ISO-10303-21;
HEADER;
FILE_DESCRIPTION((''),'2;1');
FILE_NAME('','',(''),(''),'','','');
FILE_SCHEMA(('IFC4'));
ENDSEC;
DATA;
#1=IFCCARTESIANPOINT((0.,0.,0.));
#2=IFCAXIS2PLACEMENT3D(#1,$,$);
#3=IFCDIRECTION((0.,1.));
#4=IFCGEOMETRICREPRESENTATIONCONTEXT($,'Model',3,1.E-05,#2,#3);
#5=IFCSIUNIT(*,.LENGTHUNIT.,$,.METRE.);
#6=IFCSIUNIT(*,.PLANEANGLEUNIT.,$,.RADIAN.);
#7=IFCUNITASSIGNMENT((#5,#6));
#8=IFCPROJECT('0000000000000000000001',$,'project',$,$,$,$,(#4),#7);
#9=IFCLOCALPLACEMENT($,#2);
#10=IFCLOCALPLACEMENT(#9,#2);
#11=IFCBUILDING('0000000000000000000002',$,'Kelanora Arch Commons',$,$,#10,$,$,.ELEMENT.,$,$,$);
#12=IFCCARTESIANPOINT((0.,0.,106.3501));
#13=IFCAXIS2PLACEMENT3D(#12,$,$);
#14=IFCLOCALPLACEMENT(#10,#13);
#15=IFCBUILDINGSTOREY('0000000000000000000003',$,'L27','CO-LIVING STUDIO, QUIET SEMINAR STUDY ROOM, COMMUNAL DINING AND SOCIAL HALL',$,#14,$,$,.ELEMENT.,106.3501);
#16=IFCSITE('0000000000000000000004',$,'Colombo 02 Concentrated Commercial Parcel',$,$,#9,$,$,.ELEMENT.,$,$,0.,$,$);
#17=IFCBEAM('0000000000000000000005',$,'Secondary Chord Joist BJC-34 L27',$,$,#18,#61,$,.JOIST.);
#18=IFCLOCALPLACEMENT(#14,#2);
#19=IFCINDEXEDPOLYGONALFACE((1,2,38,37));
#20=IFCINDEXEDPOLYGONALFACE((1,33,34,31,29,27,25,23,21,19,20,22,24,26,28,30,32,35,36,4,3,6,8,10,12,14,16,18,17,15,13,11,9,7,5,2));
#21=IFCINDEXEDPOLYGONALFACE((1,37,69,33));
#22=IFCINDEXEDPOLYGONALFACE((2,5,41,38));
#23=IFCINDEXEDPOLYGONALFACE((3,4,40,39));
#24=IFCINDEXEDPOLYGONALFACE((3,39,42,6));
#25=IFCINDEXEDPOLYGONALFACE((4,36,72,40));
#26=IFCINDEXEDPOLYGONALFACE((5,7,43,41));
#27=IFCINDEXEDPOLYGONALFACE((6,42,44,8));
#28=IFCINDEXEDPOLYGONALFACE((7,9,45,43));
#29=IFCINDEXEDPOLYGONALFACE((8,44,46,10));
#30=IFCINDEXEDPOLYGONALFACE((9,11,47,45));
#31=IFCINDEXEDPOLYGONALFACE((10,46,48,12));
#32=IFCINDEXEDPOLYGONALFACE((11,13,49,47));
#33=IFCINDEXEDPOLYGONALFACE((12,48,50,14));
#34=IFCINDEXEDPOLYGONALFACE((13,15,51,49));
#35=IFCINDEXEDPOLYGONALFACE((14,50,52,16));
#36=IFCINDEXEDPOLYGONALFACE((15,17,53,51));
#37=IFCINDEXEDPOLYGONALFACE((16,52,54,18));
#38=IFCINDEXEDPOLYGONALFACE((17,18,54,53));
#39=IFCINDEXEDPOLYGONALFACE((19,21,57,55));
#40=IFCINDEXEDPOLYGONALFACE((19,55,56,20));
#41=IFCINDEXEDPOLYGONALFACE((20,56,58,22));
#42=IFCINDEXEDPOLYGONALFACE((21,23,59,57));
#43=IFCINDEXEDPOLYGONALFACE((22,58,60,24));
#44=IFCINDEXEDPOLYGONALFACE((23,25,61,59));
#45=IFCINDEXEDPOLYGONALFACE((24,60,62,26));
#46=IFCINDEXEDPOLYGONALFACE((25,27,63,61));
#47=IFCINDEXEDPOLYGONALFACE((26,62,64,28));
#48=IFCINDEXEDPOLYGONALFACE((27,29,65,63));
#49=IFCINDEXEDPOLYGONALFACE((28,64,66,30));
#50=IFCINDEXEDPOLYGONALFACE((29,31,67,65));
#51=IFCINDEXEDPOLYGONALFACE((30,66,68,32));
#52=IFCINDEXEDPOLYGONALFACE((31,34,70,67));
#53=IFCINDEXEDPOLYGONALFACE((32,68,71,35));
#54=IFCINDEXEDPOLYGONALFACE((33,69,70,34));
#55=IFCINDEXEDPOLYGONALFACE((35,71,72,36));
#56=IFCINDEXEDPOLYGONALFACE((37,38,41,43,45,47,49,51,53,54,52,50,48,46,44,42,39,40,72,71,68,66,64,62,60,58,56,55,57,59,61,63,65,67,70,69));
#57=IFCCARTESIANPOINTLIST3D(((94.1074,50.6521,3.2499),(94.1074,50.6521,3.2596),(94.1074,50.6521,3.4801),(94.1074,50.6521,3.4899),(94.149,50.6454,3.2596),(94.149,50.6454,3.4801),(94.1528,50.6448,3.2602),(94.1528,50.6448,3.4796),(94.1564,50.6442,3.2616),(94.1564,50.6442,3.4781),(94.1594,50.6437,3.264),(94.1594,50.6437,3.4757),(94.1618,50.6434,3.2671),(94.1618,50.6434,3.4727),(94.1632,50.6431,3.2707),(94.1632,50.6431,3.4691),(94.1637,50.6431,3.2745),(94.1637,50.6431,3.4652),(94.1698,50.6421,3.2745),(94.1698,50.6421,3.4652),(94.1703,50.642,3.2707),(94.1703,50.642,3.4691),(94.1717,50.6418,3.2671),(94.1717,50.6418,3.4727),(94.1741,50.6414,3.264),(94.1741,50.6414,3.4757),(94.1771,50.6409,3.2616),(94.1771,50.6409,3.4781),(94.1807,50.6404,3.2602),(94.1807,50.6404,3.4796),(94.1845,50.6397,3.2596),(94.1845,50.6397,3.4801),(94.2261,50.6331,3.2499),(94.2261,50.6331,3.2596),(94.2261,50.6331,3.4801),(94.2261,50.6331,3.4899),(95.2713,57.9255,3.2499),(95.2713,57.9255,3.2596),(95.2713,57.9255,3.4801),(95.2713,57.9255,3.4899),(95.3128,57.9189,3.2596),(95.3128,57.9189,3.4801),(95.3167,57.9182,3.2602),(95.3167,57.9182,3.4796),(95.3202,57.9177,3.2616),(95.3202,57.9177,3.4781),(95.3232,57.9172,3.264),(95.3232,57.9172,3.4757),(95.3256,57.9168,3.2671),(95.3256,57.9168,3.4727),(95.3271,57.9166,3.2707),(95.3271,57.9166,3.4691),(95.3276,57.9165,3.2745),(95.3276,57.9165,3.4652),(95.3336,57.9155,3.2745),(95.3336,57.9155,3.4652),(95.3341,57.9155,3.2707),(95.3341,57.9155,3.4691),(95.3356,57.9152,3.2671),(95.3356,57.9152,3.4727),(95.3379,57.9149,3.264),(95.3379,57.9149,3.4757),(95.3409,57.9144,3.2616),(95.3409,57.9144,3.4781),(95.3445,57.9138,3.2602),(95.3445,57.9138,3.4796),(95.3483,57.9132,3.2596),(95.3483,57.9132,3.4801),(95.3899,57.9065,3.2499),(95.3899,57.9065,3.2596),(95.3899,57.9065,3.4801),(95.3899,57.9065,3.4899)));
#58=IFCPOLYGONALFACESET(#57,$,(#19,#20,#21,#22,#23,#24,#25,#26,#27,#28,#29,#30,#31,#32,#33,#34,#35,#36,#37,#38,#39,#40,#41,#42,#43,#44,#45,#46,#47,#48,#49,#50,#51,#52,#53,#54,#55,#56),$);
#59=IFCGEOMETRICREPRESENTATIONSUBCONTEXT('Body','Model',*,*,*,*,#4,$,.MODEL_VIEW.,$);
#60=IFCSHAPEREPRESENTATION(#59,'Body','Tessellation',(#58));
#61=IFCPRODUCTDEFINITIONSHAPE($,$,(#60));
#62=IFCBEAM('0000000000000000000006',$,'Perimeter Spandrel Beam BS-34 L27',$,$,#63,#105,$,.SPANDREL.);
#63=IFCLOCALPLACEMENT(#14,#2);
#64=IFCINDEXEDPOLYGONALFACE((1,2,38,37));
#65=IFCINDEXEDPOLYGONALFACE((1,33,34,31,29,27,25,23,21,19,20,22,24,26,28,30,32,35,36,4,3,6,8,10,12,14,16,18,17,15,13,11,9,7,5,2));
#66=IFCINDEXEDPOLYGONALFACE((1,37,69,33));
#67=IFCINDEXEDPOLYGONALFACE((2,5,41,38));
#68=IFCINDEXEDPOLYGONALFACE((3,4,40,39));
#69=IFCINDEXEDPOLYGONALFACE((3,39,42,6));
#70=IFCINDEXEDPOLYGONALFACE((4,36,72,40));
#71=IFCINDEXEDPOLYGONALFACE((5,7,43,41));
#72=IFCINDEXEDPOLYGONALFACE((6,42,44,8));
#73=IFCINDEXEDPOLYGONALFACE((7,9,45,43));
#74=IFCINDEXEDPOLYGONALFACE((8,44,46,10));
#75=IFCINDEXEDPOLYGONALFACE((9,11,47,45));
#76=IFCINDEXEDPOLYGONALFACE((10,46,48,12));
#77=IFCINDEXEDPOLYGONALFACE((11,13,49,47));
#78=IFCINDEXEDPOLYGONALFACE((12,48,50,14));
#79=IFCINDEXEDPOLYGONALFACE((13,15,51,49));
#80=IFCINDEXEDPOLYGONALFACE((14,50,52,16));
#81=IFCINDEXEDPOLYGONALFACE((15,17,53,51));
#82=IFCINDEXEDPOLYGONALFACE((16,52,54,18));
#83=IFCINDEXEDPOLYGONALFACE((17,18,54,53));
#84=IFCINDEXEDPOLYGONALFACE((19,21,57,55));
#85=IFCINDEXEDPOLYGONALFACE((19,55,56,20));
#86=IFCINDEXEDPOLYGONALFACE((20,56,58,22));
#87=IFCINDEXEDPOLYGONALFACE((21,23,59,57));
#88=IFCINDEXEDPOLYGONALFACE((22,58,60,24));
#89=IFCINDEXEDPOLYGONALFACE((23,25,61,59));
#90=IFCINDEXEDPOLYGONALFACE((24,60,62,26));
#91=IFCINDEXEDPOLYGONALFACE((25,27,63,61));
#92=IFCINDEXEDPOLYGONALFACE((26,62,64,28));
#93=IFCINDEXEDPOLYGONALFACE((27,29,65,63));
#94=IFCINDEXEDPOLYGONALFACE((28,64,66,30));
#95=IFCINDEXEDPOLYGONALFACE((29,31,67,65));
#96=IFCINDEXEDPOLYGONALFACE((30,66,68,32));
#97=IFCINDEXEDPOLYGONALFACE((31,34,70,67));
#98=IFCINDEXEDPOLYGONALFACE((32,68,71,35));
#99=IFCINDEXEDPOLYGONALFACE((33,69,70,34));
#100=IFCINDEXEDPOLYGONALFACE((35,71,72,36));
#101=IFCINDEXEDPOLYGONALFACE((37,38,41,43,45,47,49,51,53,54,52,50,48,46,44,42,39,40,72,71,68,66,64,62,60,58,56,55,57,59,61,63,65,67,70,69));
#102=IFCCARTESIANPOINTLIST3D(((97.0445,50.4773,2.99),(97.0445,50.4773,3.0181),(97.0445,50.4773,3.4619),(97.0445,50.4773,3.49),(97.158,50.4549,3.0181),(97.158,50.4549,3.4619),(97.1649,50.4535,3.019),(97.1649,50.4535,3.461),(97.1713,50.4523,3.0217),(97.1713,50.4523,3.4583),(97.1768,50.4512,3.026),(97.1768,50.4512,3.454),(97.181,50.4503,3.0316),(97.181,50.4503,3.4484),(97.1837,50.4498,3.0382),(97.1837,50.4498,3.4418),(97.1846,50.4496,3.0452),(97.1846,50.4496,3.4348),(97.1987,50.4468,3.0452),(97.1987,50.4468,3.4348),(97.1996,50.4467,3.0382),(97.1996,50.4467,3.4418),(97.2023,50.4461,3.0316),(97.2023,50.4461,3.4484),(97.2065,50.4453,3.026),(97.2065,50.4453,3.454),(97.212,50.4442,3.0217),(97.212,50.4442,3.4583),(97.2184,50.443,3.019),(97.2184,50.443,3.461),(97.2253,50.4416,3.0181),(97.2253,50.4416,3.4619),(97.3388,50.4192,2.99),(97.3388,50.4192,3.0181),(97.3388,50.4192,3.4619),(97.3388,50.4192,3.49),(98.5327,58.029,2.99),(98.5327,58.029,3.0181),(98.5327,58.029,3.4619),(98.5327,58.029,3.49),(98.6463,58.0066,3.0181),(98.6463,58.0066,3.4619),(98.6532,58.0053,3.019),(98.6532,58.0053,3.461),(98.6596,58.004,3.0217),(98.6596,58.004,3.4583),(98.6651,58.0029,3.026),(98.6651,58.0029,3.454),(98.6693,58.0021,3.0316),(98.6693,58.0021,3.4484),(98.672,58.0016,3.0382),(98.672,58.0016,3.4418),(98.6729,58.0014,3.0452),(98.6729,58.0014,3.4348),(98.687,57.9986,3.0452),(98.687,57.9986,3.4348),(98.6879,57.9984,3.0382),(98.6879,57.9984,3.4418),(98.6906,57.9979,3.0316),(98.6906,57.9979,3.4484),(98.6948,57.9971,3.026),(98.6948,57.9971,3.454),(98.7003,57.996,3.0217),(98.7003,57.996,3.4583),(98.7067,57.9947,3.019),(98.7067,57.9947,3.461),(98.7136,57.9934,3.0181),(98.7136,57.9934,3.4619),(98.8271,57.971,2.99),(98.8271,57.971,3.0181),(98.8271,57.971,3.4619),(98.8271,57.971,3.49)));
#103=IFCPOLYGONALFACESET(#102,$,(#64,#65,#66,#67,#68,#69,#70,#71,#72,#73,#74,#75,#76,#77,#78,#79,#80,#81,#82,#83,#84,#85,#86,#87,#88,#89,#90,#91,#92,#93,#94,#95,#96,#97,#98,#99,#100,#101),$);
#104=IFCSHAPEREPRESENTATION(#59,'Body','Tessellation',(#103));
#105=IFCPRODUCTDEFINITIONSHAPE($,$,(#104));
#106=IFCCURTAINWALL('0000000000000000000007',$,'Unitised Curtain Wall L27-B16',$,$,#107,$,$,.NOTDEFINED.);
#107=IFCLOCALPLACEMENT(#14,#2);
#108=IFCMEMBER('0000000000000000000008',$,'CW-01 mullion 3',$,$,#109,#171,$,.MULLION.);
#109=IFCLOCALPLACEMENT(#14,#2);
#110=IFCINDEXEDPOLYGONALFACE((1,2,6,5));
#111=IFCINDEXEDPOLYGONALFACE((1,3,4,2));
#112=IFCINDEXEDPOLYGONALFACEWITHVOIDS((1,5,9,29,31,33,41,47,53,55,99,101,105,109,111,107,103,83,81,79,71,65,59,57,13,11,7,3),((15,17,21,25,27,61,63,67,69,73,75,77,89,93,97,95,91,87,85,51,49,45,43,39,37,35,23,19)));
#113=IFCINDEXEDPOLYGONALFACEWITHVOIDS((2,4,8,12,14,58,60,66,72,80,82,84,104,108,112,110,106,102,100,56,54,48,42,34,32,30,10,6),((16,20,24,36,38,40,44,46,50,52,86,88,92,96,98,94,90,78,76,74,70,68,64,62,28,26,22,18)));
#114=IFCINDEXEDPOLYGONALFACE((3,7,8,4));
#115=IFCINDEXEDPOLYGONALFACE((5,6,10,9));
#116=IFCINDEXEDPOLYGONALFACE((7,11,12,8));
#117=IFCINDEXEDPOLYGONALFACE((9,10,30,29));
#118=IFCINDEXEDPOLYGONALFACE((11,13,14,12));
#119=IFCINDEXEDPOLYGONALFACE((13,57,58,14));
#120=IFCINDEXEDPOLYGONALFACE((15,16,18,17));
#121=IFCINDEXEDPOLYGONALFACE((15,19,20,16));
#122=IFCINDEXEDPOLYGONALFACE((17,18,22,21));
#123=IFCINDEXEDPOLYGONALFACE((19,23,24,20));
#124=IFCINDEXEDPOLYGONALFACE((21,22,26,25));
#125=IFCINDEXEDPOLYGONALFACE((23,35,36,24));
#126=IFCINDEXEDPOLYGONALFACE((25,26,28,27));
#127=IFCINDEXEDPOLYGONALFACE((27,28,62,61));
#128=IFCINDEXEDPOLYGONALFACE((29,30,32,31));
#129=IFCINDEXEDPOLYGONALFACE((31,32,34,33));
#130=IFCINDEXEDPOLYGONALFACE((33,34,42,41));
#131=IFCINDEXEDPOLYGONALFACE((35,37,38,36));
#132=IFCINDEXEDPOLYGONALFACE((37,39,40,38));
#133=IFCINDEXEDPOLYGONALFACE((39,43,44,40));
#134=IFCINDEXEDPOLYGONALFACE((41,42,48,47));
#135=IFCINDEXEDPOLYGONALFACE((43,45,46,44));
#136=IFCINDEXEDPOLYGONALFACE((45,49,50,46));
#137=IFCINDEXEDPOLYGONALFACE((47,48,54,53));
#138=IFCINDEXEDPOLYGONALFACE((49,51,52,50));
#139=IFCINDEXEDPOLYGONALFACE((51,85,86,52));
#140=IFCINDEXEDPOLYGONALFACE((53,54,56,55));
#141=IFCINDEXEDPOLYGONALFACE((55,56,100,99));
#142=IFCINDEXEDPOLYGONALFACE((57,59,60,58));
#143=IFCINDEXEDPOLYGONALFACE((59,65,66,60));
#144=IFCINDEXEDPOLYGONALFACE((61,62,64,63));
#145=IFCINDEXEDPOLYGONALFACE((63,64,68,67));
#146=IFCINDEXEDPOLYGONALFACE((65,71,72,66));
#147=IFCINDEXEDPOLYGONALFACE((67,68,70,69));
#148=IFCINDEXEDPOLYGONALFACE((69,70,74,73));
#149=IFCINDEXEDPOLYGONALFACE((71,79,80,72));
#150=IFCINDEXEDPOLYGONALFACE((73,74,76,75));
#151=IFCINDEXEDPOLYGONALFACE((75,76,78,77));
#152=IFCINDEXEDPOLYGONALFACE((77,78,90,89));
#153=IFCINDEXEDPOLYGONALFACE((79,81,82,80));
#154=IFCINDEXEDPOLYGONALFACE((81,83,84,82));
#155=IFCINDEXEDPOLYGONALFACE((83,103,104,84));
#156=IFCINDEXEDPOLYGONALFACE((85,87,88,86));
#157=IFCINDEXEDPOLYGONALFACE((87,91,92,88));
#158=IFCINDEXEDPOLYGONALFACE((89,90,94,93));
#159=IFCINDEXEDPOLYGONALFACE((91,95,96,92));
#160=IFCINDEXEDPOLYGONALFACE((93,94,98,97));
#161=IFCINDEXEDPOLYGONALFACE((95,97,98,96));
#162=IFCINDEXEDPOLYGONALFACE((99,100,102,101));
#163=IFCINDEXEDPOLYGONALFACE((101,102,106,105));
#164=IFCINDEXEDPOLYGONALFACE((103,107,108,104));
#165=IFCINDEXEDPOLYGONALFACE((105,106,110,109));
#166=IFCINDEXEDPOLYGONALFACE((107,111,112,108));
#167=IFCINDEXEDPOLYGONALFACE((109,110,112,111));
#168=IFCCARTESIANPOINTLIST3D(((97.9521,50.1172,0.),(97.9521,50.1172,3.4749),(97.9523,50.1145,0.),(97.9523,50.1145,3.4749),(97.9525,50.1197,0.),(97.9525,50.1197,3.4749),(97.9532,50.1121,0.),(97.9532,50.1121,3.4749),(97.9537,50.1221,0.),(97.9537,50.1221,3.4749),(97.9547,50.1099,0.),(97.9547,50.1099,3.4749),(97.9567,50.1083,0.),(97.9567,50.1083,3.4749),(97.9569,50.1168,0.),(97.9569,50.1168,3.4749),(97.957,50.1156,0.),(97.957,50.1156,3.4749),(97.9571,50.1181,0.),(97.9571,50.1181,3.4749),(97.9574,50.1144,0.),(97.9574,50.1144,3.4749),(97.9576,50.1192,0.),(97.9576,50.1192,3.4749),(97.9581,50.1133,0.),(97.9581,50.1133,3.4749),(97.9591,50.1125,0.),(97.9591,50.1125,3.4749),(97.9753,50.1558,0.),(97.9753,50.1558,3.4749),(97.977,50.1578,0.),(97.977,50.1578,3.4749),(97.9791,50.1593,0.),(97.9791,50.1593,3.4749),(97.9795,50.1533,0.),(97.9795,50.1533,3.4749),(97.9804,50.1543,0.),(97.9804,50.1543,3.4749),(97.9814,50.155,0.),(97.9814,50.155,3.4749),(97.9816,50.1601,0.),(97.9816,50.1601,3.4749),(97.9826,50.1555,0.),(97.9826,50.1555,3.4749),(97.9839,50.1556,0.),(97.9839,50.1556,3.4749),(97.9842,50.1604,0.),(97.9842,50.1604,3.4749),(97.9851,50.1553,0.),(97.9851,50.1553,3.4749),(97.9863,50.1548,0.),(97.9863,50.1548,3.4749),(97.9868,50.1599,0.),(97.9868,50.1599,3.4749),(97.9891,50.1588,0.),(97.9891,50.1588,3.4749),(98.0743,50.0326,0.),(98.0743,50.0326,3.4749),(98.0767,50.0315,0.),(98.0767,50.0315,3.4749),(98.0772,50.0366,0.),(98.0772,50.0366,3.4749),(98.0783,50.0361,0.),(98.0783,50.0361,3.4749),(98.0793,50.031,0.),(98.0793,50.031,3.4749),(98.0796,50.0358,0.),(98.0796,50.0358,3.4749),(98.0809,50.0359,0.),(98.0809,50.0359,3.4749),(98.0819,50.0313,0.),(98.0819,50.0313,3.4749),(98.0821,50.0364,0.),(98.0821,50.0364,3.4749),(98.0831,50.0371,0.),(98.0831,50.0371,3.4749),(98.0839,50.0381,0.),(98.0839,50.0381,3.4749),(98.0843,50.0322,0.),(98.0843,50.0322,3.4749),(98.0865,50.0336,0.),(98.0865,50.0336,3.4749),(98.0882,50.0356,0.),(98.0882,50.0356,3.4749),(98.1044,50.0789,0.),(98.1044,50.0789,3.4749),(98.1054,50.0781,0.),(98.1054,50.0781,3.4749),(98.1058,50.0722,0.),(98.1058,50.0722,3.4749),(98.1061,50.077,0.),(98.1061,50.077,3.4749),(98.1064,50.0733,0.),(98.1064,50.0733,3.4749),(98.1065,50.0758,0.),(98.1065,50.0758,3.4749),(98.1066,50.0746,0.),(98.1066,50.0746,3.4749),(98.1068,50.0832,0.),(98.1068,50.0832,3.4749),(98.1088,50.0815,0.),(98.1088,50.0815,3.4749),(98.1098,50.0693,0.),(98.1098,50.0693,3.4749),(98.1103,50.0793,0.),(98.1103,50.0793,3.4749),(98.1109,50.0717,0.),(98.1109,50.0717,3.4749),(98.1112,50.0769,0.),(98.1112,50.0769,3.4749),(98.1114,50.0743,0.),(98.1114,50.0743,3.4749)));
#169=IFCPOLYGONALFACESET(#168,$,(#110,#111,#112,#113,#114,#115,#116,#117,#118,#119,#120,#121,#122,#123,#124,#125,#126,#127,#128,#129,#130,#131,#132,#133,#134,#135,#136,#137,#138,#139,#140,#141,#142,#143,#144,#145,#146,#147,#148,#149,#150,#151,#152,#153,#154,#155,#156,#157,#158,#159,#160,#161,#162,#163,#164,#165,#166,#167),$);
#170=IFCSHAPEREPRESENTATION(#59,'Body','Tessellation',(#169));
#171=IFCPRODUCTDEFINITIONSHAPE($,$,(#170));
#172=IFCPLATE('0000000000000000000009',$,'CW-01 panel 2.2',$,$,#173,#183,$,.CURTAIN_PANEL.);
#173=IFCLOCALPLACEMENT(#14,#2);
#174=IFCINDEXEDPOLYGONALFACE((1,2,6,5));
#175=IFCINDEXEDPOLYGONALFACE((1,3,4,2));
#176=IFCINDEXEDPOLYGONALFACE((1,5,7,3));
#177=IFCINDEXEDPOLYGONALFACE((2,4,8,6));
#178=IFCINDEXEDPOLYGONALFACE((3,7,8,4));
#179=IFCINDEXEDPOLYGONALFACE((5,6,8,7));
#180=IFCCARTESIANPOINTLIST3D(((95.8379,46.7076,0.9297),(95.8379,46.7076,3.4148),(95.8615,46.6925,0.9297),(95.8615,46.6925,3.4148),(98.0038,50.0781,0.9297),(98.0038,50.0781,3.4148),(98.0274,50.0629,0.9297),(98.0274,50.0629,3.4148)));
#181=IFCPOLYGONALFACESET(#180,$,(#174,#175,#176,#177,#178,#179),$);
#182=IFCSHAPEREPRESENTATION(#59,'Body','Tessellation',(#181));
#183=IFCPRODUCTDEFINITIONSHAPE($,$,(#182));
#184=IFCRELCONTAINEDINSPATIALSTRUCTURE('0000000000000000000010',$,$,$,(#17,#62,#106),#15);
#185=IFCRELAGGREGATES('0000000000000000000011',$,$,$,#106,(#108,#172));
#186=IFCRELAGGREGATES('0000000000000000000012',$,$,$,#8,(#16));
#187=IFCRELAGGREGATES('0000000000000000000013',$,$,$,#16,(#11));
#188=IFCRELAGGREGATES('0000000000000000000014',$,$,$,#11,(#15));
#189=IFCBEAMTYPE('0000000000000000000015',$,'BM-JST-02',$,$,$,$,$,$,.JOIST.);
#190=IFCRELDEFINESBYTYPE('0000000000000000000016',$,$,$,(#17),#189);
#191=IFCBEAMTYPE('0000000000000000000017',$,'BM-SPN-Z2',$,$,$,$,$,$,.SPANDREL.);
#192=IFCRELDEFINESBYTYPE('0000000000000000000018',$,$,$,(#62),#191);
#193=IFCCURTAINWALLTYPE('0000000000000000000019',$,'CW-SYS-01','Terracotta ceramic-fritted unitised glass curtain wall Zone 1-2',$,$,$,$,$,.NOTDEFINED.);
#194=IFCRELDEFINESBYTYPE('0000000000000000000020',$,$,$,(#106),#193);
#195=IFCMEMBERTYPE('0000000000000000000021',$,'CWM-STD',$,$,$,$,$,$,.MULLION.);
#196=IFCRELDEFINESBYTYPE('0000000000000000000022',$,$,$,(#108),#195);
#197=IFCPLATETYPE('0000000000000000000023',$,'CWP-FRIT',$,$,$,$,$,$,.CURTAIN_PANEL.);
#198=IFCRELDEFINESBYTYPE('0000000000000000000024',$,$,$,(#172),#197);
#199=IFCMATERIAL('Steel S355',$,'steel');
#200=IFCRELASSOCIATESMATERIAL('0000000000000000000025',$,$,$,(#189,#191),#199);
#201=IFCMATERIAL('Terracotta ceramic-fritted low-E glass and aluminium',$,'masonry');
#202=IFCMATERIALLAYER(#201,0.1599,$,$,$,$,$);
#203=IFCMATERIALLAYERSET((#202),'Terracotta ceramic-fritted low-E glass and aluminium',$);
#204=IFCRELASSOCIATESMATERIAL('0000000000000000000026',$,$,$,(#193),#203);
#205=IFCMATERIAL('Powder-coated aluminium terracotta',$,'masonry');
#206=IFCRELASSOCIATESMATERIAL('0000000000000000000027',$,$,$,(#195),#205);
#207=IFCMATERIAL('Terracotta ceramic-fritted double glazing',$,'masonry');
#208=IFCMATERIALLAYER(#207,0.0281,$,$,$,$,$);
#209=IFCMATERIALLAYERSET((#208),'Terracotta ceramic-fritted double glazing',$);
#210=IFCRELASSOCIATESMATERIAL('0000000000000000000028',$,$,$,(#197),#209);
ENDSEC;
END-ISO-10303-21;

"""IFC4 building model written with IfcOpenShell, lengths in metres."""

from ifc_helpers import new_model, si_unit, direction, frame, origin, origin_2d, place, context, subcontext, project, spatial, rectangle, hollow_rectangle, i_section, extrude, source, transform, mapped, material, layer, layer_set, material_profile, profile_set, type_object, element, aggregate, save


model = new_model("IFC4")

# Units and contexts
model_context = context("Model", 3, precision=1e-05, world=origin(), true_north=direction((0.0, 1.0)))
body_context = subcontext(model_context, "Body", "Model", "MODEL_VIEW")
ifc_project = project(units=[si_unit("LENGTHUNIT", "METRE"), si_unit("PLANEANGLEUNIT", "RADIAN")], contexts=[model_context])

# Site, building, storey
site_placement = place(None, origin())
site = spatial("IfcSite", under=ifc_project, at=site_placement, Name="Colombo 02 Concentrated Commercial Parcel", CompositionType="ELEMENT", RefElevation=0.0)
building_placement = place(site_placement, origin())
building = spatial("IfcBuilding", under=site, at=building_placement, Name="Kelanora Arch Commons", CompositionType="ELEMENT")
storey_placement = place(building_placement, frame((0.0, 0.0, 106.3501)))
storey = spatial("IfcBuildingStorey", under=building, at=storey_placement, Name="L27", Description="CO-LIVING STUDIO, QUIET SEMINAR STUDY ROOM, COMMUNAL DINING AND SOCIAL HALL", CompositionType="ELEMENT", Elevation=106.3501)

# Beams
ifc_material_1 = material(Name="Steel S355", Category="steel")
ifc_material_profile_1 = material_profile(ifc_material_1, i_section(OverallWidth=0.1201, OverallDepth=0.24, WebThickness=0.0061, FlangeThickness=0.0098, FilletRadius=0.0149, at=origin_2d()), Name="IPE240")
ifc_profile_set_1 = profile_set([ifc_material_profile_1], Name="Steel S355")
beam_type_1 = type_object("IfcBeamType", Name="BM-JST-02", PredefinedType="JOIST", material=ifc_profile_set_1)
beam_1_placement = place(storey_placement, frame((94.1667, 50.6426, 3.3699), z_axis=(0.158, 0.987439, 0.0), x_axis=(-0.987439, 0.158, 0.0)))
element("IfcBeam", 1, at=beam_1_placement, inside=storey, type_object=beam_type_1, Name="Secondary Chord Joist BJC-34 L27", PredefinedType="JOIST", context=body_context, shape_type="SweptSolid", body=[
    extrude(i_section(OverallWidth=0.1201, OverallDepth=0.24, WebThickness=0.0061, FlangeThickness=0.0098, FilletRadius=0.0149, at=origin_2d()), origin(), (0.0, 0.0, 1.0), 7.366),
])
ifc_material_profile_2 = material_profile(ifc_material_1, i_section(OverallWidth=0.3, OverallDepth=0.5, WebThickness=0.0144, FlangeThickness=0.0281, FilletRadius=0.0271, at=origin_2d()), Name="HEB500")
ifc_profile_set_2 = profile_set([ifc_material_profile_2], Name="Steel S355")
beam_type_2 = type_object("IfcBeamType", Name="BM-SPN-Z2", PredefinedType="SPANDREL", material=ifc_profile_set_2)
beam_2_placement = place(storey_placement, frame((97.1917, 50.4482, 3.24), z_axis=(0.193358, 0.981128, 0.0), x_axis=(-0.981128, 0.193358, 0.0)))
element("IfcBeam", 2, at=beam_2_placement, inside=storey, type_object=beam_type_2, Name="Perimeter Spandrel Beam BS-34 L27", PredefinedType="SPANDREL", context=body_context, shape_type="SweptSolid", body=[
    extrude(i_section(OverallWidth=0.3, OverallDepth=0.5, WebThickness=0.0144, FlangeThickness=0.0281, FilletRadius=0.0271, at=origin_2d()), origin(), (0.0, 0.0, 1.0), 7.697),
])

# Curtain wall, member, plate
ifc_material_2 = material(Name="Terracotta ceramic-fritted low-E glass and aluminium", Category="masonry")
ifc_layer_1 = layer(ifc_material_2, 0.1599)
ifc_layer_set_1 = layer_set([ifc_layer_1], Name="Terracotta ceramic-fritted low-E glass and aluminium")
curtain_wall_type = type_object("IfcCurtainWallType", Name="CW-SYS-01", Description="Terracotta ceramic-fritted unitised glass curtain wall Zone 1-2", PredefinedType="NOTDEFINED", material=ifc_layer_set_1)
curtain_wall_placement = place(storey_placement, origin())
curtain_wall = element("IfcCurtainWall", 3, at=curtain_wall_placement, inside=storey, type_object=curtain_wall_type, Name="Unitised Curtain Wall L27-B16", PredefinedType="NOTDEFINED")
ifc_material_3 = material(Name="Powder-coated aluminium terracotta", Category="masonry")
ifc_material_profile_3 = material_profile(ifc_material_3, hollow_rectangle(XDim=0.1599, YDim=0.0601, WallThickness=0.0049, InnerFilletRadius=0.0049, OuterFilletRadius=0.01, at=origin_2d()), Name="CWM160x60")
ifc_profile_set_3 = profile_set([ifc_material_profile_3], Name="Powder-coated aluminium terracotta")
member_type = type_object("IfcMemberType", Name="CWM-STD", PredefinedType="MULLION", material=ifc_profile_set_3)
member_placement = place(storey_placement, frame((98.0317, 50.0957, 0.0), z_axis=(0.0, 0.0, 1.0), x_axis=(-0.841269, 0.540617, 0.0)))
member = element("IfcMember", 4, at=member_placement, type_object=member_type, Name="CW-01 mullion 3", PredefinedType="MULLION", context=body_context, shape_type="SweptSolid", body=[
    extrude(hollow_rectangle(XDim=0.1599, YDim=0.0601, WallThickness=0.0049, InnerFilletRadius=0.0049, OuterFilletRadius=0.01, at=origin_2d()), origin(), (0.0, 0.0, 1.0), 3.4749),
])
ifc_material_4 = material(Name="Terracotta ceramic-fritted double glazing", Category="masonry")
ifc_layer_2 = layer(ifc_material_4, 0.0281)
ifc_layer_set_2 = layer_set([ifc_layer_2], Name="Terracotta ceramic-fritted double glazing")
plate_type = type_object("IfcPlateType", Name="CWP-FRIT", PredefinedType="CURTAIN_PANEL", material=ifc_layer_set_2)
shared_shape_1 = source(origin(), body_context, "Body", "SweptSolid", [
    extrude(rectangle(XDim=4.0063, YDim=0.0281, at=origin_2d()), origin(), (0.0, 0.0, 1.0), 2.4851),
])
plate_placement = place(storey_placement, frame((96.9326, 48.3853, 0.9297), z_axis=(0.0, 0.0, 1.0), x_axis=(0.540617, 0.841269, 0.0)))
plate = element("IfcPlate", 5, at=plate_placement, type_object=plate_type, Name="CW-01 panel 2.2", PredefinedType="CURTAIN_PANEL", context=body_context, shape_type="MappedRepresentation", body=[
    mapped(shared_shape_1, transform((0.0, 0.0, 0.0), scale=1.0)),
])
aggregate(curtain_wall, [member, plate])

save(model, "model.ifc")
